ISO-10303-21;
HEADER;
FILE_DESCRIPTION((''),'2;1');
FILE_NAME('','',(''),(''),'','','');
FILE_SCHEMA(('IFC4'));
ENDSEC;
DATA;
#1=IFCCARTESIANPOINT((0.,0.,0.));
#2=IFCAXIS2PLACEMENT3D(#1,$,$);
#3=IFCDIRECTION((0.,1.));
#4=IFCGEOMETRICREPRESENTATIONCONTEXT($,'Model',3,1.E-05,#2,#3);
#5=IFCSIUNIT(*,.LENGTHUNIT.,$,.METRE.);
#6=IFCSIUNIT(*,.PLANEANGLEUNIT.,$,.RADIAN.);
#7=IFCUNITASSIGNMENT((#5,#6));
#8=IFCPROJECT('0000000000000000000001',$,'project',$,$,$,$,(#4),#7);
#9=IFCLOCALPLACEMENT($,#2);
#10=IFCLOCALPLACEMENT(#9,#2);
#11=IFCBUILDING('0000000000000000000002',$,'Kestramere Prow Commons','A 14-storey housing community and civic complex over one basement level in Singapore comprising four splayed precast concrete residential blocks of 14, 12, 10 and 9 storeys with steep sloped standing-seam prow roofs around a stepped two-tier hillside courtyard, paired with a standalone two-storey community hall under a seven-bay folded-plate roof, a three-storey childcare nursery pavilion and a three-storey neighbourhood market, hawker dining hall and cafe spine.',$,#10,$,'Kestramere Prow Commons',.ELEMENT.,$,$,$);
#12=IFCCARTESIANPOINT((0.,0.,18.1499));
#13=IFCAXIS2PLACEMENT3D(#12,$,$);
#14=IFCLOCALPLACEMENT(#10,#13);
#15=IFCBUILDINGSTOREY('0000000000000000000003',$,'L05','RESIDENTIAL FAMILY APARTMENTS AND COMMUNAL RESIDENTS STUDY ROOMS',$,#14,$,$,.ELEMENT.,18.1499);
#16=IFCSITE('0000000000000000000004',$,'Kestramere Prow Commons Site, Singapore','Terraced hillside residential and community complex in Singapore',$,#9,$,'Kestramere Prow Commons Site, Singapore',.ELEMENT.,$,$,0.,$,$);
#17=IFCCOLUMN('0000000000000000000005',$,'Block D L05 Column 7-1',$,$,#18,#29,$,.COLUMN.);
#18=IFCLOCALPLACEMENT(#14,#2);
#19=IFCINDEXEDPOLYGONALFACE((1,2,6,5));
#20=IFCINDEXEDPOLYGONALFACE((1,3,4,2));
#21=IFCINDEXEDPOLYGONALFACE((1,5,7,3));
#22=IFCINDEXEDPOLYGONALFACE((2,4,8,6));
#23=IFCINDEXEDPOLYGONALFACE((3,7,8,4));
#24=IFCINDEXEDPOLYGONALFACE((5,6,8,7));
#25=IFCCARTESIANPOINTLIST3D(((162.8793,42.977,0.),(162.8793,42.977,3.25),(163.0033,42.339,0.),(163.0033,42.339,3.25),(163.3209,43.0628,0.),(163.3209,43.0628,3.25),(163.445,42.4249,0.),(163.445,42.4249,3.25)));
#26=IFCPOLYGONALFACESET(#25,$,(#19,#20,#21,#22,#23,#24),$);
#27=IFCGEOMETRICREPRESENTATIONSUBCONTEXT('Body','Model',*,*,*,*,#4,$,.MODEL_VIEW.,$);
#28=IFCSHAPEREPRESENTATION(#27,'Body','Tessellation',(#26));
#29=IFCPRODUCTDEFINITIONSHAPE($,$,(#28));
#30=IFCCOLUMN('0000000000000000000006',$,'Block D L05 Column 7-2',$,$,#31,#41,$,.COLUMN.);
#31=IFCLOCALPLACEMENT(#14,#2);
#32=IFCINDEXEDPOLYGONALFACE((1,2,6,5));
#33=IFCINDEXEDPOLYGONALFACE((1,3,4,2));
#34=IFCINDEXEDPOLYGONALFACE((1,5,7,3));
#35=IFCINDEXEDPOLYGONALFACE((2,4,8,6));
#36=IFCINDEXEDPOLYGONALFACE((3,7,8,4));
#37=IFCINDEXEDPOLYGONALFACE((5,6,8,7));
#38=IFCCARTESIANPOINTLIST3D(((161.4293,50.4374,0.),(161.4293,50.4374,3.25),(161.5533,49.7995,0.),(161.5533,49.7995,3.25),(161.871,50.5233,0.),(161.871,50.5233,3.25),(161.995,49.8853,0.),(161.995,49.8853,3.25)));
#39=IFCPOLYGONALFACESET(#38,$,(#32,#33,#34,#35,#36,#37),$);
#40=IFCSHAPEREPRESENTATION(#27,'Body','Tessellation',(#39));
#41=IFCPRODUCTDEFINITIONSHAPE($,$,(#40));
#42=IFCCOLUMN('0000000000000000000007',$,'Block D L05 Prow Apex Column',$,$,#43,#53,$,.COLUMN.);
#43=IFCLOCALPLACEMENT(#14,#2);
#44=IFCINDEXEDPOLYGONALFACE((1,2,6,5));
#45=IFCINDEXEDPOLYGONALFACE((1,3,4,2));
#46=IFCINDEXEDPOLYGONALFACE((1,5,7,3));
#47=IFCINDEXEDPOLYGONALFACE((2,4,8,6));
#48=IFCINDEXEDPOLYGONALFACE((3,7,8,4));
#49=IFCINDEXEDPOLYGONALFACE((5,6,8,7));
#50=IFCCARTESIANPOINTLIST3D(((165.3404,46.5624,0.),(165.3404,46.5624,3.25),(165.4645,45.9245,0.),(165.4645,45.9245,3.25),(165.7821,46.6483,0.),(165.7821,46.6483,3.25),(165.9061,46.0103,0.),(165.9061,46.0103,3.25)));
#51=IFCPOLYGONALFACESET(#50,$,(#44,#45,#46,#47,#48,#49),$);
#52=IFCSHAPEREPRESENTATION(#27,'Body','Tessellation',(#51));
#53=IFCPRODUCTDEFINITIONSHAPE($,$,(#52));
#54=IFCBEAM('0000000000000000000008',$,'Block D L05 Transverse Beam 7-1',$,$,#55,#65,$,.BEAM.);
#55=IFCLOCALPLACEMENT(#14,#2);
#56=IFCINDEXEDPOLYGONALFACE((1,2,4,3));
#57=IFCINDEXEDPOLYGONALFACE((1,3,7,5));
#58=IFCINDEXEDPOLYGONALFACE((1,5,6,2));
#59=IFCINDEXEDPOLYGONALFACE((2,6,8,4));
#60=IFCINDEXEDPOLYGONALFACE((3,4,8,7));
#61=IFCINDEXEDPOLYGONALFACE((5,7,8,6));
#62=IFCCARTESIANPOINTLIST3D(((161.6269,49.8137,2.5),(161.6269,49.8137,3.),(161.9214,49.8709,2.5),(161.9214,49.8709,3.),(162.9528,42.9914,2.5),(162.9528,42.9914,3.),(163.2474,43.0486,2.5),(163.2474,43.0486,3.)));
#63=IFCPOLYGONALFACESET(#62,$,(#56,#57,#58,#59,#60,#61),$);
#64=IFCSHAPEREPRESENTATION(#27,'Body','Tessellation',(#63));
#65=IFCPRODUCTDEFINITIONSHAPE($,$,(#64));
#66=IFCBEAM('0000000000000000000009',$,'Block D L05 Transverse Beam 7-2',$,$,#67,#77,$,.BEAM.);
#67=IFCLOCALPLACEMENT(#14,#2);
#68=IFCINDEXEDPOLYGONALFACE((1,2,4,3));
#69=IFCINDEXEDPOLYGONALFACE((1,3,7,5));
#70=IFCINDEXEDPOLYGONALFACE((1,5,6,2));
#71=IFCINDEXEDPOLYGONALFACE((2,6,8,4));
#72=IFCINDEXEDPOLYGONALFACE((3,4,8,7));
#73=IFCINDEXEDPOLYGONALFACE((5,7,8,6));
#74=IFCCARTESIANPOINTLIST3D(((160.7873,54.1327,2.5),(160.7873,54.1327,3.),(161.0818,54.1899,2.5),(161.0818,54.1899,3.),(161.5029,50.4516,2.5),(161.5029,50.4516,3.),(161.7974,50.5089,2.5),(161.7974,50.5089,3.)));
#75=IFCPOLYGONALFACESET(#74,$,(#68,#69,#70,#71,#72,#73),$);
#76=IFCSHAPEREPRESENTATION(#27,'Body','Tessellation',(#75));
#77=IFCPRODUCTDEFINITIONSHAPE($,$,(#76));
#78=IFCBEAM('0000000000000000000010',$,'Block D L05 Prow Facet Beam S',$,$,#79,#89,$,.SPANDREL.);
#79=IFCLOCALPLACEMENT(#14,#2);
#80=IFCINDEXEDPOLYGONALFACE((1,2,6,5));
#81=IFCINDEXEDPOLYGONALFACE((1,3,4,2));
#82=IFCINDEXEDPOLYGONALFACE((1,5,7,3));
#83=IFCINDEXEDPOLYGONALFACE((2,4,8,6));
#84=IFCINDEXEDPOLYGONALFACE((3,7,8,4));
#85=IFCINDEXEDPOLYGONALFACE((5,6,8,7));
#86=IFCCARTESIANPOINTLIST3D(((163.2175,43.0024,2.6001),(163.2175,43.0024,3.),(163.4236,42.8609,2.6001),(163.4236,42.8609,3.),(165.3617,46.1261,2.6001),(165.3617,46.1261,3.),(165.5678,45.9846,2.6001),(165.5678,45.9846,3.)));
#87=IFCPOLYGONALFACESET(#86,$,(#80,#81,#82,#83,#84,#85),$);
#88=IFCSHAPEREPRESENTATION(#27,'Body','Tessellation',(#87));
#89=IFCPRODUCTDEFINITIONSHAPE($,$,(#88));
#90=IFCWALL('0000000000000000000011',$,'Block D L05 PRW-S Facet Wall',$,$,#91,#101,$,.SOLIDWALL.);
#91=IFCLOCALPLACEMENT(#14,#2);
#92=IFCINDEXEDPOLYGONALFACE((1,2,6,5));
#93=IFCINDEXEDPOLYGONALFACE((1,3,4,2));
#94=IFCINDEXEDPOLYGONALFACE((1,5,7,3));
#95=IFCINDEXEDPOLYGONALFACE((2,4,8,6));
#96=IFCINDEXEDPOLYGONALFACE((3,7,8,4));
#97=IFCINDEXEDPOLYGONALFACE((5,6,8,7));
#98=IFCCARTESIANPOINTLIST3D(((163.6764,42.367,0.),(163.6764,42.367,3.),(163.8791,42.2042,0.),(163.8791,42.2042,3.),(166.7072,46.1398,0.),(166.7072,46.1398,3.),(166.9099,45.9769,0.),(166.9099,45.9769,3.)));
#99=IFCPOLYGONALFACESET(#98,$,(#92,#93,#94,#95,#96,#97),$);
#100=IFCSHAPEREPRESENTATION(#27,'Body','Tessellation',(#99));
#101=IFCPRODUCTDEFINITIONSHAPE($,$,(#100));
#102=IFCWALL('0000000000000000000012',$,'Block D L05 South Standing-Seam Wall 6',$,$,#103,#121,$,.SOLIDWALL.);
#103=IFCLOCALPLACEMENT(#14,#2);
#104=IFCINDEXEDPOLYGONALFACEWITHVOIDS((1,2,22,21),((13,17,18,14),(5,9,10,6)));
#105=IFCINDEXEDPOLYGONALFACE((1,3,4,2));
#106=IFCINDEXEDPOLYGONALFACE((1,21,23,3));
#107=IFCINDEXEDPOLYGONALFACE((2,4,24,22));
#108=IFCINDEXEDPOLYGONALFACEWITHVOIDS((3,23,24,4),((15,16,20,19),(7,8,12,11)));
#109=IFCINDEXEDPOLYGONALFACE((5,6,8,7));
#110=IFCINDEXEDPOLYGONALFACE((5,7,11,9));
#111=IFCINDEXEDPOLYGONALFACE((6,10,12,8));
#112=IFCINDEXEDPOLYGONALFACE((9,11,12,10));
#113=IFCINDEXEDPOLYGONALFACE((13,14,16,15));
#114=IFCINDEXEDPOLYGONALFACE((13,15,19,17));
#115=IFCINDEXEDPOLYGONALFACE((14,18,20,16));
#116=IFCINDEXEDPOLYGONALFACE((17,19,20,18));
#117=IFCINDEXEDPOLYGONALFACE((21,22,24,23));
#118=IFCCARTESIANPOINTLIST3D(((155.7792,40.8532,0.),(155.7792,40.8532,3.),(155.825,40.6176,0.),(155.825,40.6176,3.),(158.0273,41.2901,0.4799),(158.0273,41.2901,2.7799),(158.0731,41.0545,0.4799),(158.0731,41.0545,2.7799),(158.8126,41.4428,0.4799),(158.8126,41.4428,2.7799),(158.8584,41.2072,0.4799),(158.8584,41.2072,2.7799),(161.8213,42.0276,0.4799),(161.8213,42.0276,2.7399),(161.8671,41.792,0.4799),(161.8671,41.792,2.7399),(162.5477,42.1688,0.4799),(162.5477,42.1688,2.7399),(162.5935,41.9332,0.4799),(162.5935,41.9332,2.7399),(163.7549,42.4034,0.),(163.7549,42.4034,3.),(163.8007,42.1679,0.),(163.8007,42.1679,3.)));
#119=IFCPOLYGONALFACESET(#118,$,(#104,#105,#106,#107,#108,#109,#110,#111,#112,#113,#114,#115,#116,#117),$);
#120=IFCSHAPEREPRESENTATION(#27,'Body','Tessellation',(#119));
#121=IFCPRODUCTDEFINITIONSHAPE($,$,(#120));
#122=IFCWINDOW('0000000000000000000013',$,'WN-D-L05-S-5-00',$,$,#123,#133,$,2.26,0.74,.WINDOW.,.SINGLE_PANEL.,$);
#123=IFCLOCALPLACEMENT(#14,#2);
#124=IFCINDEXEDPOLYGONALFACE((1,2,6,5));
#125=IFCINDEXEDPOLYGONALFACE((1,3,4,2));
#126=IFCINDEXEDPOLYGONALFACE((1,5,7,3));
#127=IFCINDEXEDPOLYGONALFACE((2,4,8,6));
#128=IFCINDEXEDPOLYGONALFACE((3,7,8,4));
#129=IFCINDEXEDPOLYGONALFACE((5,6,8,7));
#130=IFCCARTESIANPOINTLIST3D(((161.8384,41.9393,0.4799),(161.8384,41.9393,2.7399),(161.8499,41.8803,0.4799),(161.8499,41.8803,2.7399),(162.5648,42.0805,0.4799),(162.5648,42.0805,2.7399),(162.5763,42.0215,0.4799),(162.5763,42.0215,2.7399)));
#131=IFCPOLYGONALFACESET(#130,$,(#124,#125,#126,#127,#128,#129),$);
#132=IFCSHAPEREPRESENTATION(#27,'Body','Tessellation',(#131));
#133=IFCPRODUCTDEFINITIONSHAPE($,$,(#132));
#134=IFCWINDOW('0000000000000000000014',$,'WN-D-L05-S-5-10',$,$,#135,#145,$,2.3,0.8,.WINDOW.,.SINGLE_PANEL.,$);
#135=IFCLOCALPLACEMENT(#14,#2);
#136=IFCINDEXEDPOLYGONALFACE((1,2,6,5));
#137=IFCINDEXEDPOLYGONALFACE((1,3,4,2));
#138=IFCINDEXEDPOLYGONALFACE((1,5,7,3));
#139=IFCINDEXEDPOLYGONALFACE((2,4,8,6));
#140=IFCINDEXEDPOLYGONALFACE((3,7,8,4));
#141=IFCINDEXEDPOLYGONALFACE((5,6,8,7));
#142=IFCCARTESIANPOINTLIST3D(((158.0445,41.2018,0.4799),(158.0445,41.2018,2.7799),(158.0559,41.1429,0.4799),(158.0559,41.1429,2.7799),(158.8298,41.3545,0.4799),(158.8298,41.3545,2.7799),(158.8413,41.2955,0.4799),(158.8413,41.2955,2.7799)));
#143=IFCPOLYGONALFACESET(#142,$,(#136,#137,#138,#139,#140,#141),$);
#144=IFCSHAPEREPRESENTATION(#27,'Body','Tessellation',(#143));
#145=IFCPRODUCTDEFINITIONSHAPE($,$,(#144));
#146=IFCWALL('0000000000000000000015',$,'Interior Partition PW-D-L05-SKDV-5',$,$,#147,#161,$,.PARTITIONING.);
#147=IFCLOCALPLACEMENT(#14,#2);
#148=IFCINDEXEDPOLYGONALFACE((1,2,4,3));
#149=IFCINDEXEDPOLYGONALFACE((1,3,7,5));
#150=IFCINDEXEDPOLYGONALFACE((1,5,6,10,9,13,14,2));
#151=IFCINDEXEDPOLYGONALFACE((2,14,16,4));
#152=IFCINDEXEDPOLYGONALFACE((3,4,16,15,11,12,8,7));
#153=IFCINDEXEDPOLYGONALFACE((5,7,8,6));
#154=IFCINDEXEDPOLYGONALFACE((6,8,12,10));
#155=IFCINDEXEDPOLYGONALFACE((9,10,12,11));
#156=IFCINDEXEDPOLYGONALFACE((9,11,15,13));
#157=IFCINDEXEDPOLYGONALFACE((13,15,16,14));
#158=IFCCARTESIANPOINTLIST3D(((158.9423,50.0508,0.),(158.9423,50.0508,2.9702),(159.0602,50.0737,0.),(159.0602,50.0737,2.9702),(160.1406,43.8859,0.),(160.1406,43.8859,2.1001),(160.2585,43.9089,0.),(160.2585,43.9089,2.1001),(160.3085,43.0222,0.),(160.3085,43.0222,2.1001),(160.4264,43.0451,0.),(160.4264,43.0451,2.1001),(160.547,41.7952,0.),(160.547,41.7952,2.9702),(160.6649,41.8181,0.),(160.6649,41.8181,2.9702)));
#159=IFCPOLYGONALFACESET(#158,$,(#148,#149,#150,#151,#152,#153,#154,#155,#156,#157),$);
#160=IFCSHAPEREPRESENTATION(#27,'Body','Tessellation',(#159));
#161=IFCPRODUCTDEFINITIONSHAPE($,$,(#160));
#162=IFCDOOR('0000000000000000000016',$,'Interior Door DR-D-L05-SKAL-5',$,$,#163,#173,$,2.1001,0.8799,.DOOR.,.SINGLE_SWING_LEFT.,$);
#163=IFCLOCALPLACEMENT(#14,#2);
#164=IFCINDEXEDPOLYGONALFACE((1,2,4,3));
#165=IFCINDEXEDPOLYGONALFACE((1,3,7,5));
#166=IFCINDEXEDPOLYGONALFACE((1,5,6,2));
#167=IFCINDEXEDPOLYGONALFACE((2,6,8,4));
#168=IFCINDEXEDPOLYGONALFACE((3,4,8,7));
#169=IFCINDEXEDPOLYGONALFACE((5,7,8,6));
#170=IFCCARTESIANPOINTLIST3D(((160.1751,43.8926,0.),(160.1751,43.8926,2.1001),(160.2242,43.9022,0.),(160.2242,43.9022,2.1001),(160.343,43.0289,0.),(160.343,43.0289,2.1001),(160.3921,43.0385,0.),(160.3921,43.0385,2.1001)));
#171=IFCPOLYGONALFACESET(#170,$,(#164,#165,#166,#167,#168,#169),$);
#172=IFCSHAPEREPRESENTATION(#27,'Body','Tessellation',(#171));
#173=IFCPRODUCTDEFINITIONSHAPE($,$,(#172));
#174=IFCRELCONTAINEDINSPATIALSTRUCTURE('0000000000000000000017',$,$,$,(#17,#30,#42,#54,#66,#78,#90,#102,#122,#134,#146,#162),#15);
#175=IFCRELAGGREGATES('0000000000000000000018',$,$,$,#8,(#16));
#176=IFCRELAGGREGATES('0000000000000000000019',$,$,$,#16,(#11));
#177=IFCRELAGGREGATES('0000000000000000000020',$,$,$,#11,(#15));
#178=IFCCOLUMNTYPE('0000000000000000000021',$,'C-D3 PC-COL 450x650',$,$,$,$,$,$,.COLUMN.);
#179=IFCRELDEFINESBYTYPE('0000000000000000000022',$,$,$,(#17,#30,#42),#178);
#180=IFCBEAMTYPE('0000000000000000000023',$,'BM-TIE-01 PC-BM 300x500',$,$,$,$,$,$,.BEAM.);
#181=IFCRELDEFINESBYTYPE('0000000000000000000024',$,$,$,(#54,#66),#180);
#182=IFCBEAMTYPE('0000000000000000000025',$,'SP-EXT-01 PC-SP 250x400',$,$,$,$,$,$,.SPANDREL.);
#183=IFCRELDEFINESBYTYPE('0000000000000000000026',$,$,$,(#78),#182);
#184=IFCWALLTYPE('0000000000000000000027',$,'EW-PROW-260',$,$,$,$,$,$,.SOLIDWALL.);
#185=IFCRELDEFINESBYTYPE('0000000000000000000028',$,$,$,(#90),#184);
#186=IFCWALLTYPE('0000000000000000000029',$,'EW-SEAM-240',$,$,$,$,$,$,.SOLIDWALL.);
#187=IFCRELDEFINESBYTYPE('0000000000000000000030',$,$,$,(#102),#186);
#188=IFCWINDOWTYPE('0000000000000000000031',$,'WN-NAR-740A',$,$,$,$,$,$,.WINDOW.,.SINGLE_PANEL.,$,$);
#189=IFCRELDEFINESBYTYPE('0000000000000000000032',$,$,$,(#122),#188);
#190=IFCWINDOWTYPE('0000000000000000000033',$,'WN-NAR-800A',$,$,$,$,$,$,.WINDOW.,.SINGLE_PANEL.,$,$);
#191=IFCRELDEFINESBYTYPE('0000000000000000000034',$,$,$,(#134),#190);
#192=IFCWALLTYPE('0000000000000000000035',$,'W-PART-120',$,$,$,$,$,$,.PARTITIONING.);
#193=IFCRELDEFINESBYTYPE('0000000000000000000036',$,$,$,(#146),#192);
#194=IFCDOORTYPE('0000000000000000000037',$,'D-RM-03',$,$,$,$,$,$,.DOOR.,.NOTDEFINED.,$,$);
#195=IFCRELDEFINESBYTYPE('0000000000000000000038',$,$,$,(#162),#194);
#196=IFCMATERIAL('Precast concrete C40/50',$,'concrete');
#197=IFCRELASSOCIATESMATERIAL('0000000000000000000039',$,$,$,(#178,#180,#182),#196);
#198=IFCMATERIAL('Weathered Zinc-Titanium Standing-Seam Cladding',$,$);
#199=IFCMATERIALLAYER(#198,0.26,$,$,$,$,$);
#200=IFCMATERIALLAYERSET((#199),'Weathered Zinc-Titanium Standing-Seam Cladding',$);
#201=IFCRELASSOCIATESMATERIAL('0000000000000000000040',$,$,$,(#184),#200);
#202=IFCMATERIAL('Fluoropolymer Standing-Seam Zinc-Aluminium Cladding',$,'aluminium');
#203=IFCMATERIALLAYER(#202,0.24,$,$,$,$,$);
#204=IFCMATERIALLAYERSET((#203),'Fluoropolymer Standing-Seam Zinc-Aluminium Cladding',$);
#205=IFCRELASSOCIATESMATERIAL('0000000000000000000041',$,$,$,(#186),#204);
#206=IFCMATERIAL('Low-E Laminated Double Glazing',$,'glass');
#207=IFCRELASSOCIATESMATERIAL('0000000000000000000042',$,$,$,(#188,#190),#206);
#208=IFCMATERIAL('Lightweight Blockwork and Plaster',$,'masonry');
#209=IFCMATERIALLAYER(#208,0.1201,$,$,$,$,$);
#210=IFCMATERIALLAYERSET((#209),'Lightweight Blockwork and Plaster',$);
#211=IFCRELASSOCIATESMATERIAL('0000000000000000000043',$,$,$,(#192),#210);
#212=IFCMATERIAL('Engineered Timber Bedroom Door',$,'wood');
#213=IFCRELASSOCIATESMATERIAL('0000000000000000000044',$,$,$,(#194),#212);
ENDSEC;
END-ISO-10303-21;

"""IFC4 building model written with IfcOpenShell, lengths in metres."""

from ifc_helpers import new_model, si_unit, direction, frame, frame_2d, origin, origin_2d, place, context, subcontext, project, spatial, rectangle, extrude, material, layer, layer_set, material_profile, profile_set, type_object, element, fill, save


model = new_model("IFC4")

# Units and contexts
model_context = context("Model", 3, precision=1e-05, world=origin(), true_north=direction((0.0, 1.0)))
body_context = subcontext(model_context, "Body", "Model", "MODEL_VIEW")
ifc_project = project(units=[si_unit("LENGTHUNIT", "METRE"), si_unit("PLANEANGLEUNIT", "RADIAN")], contexts=[model_context])

# Site, building, storey
site_placement = place(None, origin())
site = spatial("IfcSite", under=ifc_project, at=site_placement, Name="Kestramere Prow Commons Site, Singapore", Description="Terraced hillside residential and community complex in Singapore", LongName="Kestramere Prow Commons Site, Singapore", CompositionType="ELEMENT", RefElevation=0.0)
building_placement = place(site_placement, origin())
building = spatial("IfcBuilding", under=site, at=building_placement, Name="Kestramere Prow Commons", Description="A 14-storey housing community and civic complex over one basement level in Singapore comprising four splayed precast concrete residential blocks of 14, 12, 10 and 9 storeys with steep sloped standing-seam prow roofs around a stepped two-tier hillside courtyard, paired with a standalone two-storey community hall under a seven-bay folded-plate roof, a three-storey childcare nursery pavilion and a three-storey neighbourhood market, hawker dining hall and cafe spine.", LongName="Kestramere Prow Commons", CompositionType="ELEMENT")
storey_placement = place(building_placement, frame((0.0, 0.0, 18.1499)))
storey = spatial("IfcBuildingStorey", under=building, at=storey_placement, Name="L05", Description="RESIDENTIAL FAMILY APARTMENTS AND COMMUNAL RESIDENTS STUDY ROOMS", CompositionType="ELEMENT", Elevation=18.1499)

# Columns
ifc_material_1 = material(Name="Precast concrete C40/50", Category="concrete")
ifc_material_profile_1 = material_profile(ifc_material_1, rectangle(XDim=0.45, YDim=0.6499, at=origin_2d()), Name="PC-COL 450x650")
ifc_profile_set_1 = profile_set([ifc_material_profile_1], Name="Precast concrete C40/50")
column_type = type_object("IfcColumnType", Name="C-D3 PC-COL 450x650", PredefinedType="COLUMN", material=ifc_profile_set_1)
for number, where, z_axis, x_axis, name in (
    (1, (163.1621, 42.7009, 0.0), (0.0, 0.0, 1.0), (0.981627, 0.190809, 0.0), "Block D L05 Column 7-1"),
    (2, (161.7122, 50.1614, 0.0), (0.0, 0.0, 1.0), (0.981627, 0.190809, 0.0), "Block D L05 Column 7-2"),
    (3, (165.6233, 46.2864, 0.0), (0.0, 0.0, 1.0), (0.981627, 0.190809, 0.0), "Block D L05 Prow Apex Column"),
):
    element("IfcColumn", number, at=place(storey_placement, frame(where, z_axis=z_axis, x_axis=x_axis)), inside=storey, type_object=column_type, Name=name, PredefinedType="COLUMN", context=body_context, shape_type="SweptSolid", body=[
        extrude(rectangle(XDim=0.45, YDim=0.6499, at=origin_2d()), origin(), (0.0, 0.0, 1.0), 3.25),
    ])

# Beams
ifc_material_profile_2 = material_profile(ifc_material_1, rectangle(XDim=0.3, YDim=0.5, at=origin_2d()), Name="PC-BM 300x500")
ifc_profile_set_2 = profile_set([ifc_material_profile_2], Name="Precast concrete C40/50")
beam_type_1 = type_object("IfcBeamType", Name="BM-TIE-01 PC-BM 300x500", PredefinedType="BEAM", material=ifc_profile_set_2)
beam_1_placement = place(storey_placement, frame((163.1001, 43.02, 2.75), z_axis=(-0.190783, 0.981632, 0.0), x_axis=(-0.981632, -0.190783, 0.0)))
element("IfcBeam", 4, at=beam_1_placement, inside=storey, type_object=beam_type_1, Name="Block D L05 Transverse Beam 7-1", PredefinedType="BEAM", context=body_context, shape_type="SweptSolid", body=[
    extrude(rectangle(XDim=0.3, YDim=0.5, at=origin_2d()), origin(), (0.0, 0.0, 1.0), 6.95),
])
beam_2_placement = place(storey_placement, frame((161.6501, 50.4802, 2.75), z_axis=(-0.190817, 0.981626, 0.0), x_axis=(-0.981626, -0.190817, 0.0)))
element("IfcBeam", 5, at=beam_2_placement, inside=storey, type_object=beam_type_1, Name="Block D L05 Transverse Beam 7-2", PredefinedType="BEAM", context=body_context, shape_type="SweptSolid", body=[
    extrude(rectangle(XDim=0.3, YDim=0.5, at=origin_2d()), origin(), (0.0, 0.0, 1.0), 3.75),
])
ifc_material_profile_3 = material_profile(ifc_material_1, rectangle(XDim=0.25, YDim=0.3999, at=origin_2d()), Name="PC-SP 250x400")
ifc_profile_set_3 = profile_set([ifc_material_profile_3], Name="Precast concrete C40/50")
beam_type_2 = type_object("IfcBeamType", Name="SP-EXT-01 PC-SP 250x400", PredefinedType="SPANDREL", material=ifc_profile_set_3)
beam_3_placement = place(storey_placement, frame((163.3206, 42.9316, 2.8), z_axis=(0.565935, 0.82445, 0.0), x_axis=(-0.82445, 0.565935, 0.0)))
element("IfcBeam", 6, at=beam_3_placement, inside=storey, type_object=beam_type_2, Name="Block D L05 Prow Facet Beam S", PredefinedType="SPANDREL", context=body_context, shape_type="SweptSolid", body=[
    extrude(rectangle(XDim=0.25, YDim=0.3999, at=origin_2d()), origin(), (0.0, 0.0, 1.0), 3.7888),
])

# Wall
ifc_material_2 = material(Name="Weathered Zinc-Titanium Standing-Seam Cladding")
ifc_layer_1 = layer(ifc_material_2, 0.26)
ifc_layer_set_1 = layer_set([ifc_layer_1], Name="Weathered Zinc-Titanium Standing-Seam Cladding")
wall_type_1 = type_object("IfcWallType", Name="EW-PROW-260", PredefinedType="SOLIDWALL", material=ifc_layer_set_1)
wall_1_placement = place(storey_placement, frame((166.8086, 46.0583, 0.0), z_axis=(0.0, 0.0, 1.0), x_axis=(-0.626281, -0.779597, 0.0)))
element("IfcWall", 7, at=wall_1_placement, inside=storey, type_object=wall_type_1, Name="Block D L05 PRW-S Facet Wall", PredefinedType="SOLIDWALL", context=body_context, shape_type="SweptSolid", body=[
    extrude(rectangle(XDim=4.8394, YDim=0.26, at=frame_2d((2.4197, 0.0))), origin(), (0.0, 0.0, 1.0), 3.0),
])

# Wall, openings, windows
ifc_material_3 = material(Name="Fluoropolymer Standing-Seam Zinc-Aluminium Cladding", Category="aluminium")
ifc_layer_2 = layer(ifc_material_3, 0.24)
ifc_layer_set_2 = layer_set([ifc_layer_2], Name="Fluoropolymer Standing-Seam Zinc-Aluminium Cladding")
wall_type_2 = type_object("IfcWallType", Name="EW-SEAM-240", PredefinedType="SOLIDWALL", material=ifc_layer_set_2)
wall_2_placement = place(storey_placement, frame((163.7778, 42.2856, 0.0), z_axis=(0.0, 0.0, 1.0), x_axis=(-0.981628, -0.190803, 0.0)))
wall_2 = element("IfcWall", 8, at=wall_2_placement, inside=storey, type_object=wall_type_2, Name="Block D L05 South Standing-Seam Wall 6", PredefinedType="SOLIDWALL", context=body_context, shape_type="SweptSolid", body=[
    extrude(rectangle(XDim=8.125, YDim=0.24, at=frame_2d((4.0625, 0.0))), origin(), (0.0, 0.0, 1.0), 3.0),
])
opening_1_placement = place(wall_2_placement, frame((1.2297, 0.0, 0.48)))
opening_1 = element("IfcOpeningElement", 9, at=opening_1_placement, cuts=wall_2, PredefinedType="OPENING", context=body_context, shape_type="SweptSolid", body=[
    extrude(rectangle(XDim=0.74, YDim=2.26, at=frame_2d((0.3701, 1.1299))), frame((0.0, 0.135, 0.0), z_axis=(0.0, -1.0, 0.0), x_axis=(1.0, 0.0, 0.0)), (0.0, 0.0, 1.0), 0.27),
])
opening_2_placement = place(wall_2_placement, frame((5.0349, 0.0, 0.48)))
opening_2 = element("IfcOpeningElement", 10, at=opening_2_placement, cuts=wall_2, PredefinedType="OPENING", context=body_context, shape_type="SweptSolid", body=[
    extrude(rectangle(XDim=0.8, YDim=2.3, at=frame_2d((0.3999, 1.1499))), frame((0.0, 0.135, 0.0), z_axis=(0.0, -1.0, 0.0), x_axis=(1.0, 0.0, 0.0)), (0.0, 0.0, 1.0), 0.27),
])
ifc_material_4 = material(Name="Low-E Laminated Double Glazing", Category="glass")
window_type_1 = type_object("IfcWindowType", Name="WN-NAR-740A", PartitioningType="SINGLE_PANEL", PredefinedType="WINDOW", material=ifc_material_4)
window_1_placement = place(opening_1_placement, origin())
window_1 = element("IfcWindow", 11, at=window_1_placement, inside=storey, type_object=window_type_1, Name="WN-D-L05-S-5-00", OverallHeight=2.26, OverallWidth=0.74, PartitioningType="SINGLE_PANEL", PredefinedType="WINDOW", context=body_context, shape_type="SweptSolid", body=[
    extrude(rectangle(XDim=0.74, YDim=2.26, at=frame_2d((0.3701, 1.1299))), frame((0.0, 0.03, 0.0), z_axis=(0.0, -1.0, 0.0), x_axis=(1.0, 0.0, 0.0)), (0.0, 0.0, 1.0), 0.0601),
])
fill(opening_1, window_1)
window_type_2 = type_object("IfcWindowType", Name="WN-NAR-800A", PartitioningType="SINGLE_PANEL", PredefinedType="WINDOW", material=ifc_material_4)
window_2_placement = place(opening_2_placement, origin())
window_2 = element("IfcWindow", 12, at=window_2_placement, inside=storey, type_object=window_type_2, Name="WN-D-L05-S-5-10", OverallHeight=2.3, OverallWidth=0.8, PartitioningType="SINGLE_PANEL", PredefinedType="WINDOW", context=body_context, shape_type="SweptSolid", body=[
    extrude(rectangle(XDim=0.8, YDim=2.3, at=frame_2d((0.3999, 1.1499))), frame((0.0, 0.03, 0.0), z_axis=(0.0, -1.0, 0.0), x_axis=(1.0, 0.0, 0.0)), (0.0, 0.0, 1.0), 0.0601),
])
fill(opening_2, window_2)

# Wall, opening, door
ifc_material_5 = material(Name="Lightweight Blockwork and Plaster", Category="masonry")
ifc_layer_3 = layer(ifc_material_5, 0.1201)
ifc_layer_set_3 = layer_set([ifc_layer_3], Name="Lightweight Blockwork and Plaster")
wall_type_3 = type_object("IfcWallType", Name="W-PART-120", PredefinedType="PARTITIONING", material=ifc_layer_set_3)
wall_3_placement = place(storey_placement, frame((160.606, 41.8066, 0.0), z_axis=(0.0, 0.0, 1.0), x_axis=(-0.19081, 0.981627, 0.0)))
wall_3 = element("IfcWall", 13, at=wall_3_placement, inside=storey, type_object=wall_type_3, Name="Interior Partition PW-D-L05-SKDV-5", PredefinedType="PARTITIONING", context=body_context, shape_type="SweptSolid", body=[
    extrude(rectangle(XDim=8.4102, YDim=0.1201, at=frame_2d((4.2051, 0.0))), origin(), (0.0, 0.0, 1.0), 2.9702),
])
opening_3_placement = place(wall_3_placement, frame((1.25, 0.0, 0.0)))
opening_3 = element("IfcOpeningElement", 14, at=opening_3_placement, cuts=wall_3, PredefinedType="OPENING", context=body_context, shape_type="SweptSolid", body=[
    extrude(rectangle(XDim=0.8799, YDim=2.1001, at=frame_2d((0.4399, 1.05))), frame((0.0, 0.075, 0.0), z_axis=(0.0, -1.0, 0.0), x_axis=(1.0, 0.0, 0.0)), (0.0, 0.0, 1.0), 0.1501),
])
ifc_material_6 = material(Name="Engineered Timber Bedroom Door", Category="wood")
door_type = type_object("IfcDoorType", Name="D-RM-03", OperationType="NOTDEFINED", PredefinedType="DOOR", material=ifc_material_6)
door_placement = place(opening_3_placement, origin())
door = element("IfcDoor", 15, at=door_placement, inside=storey, type_object=door_type, Name="Interior Door DR-D-L05-SKAL-5", OperationType="SINGLE_SWING_LEFT", OverallHeight=2.1001, OverallWidth=0.8799, PredefinedType="DOOR", context=body_context, shape_type="SweptSolid", body=[
    extrude(rectangle(XDim=0.8799, YDim=2.1001, at=frame_2d((0.4399, 1.05))), frame((0.0, 0.0249, 0.0), z_axis=(0.0, -1.0, 0.0), x_axis=(1.0, 0.0, 0.0)), (0.0, 0.0, 1.0), 0.05),
])
fill(opening_3, door)

save(model, "model.ifc")
